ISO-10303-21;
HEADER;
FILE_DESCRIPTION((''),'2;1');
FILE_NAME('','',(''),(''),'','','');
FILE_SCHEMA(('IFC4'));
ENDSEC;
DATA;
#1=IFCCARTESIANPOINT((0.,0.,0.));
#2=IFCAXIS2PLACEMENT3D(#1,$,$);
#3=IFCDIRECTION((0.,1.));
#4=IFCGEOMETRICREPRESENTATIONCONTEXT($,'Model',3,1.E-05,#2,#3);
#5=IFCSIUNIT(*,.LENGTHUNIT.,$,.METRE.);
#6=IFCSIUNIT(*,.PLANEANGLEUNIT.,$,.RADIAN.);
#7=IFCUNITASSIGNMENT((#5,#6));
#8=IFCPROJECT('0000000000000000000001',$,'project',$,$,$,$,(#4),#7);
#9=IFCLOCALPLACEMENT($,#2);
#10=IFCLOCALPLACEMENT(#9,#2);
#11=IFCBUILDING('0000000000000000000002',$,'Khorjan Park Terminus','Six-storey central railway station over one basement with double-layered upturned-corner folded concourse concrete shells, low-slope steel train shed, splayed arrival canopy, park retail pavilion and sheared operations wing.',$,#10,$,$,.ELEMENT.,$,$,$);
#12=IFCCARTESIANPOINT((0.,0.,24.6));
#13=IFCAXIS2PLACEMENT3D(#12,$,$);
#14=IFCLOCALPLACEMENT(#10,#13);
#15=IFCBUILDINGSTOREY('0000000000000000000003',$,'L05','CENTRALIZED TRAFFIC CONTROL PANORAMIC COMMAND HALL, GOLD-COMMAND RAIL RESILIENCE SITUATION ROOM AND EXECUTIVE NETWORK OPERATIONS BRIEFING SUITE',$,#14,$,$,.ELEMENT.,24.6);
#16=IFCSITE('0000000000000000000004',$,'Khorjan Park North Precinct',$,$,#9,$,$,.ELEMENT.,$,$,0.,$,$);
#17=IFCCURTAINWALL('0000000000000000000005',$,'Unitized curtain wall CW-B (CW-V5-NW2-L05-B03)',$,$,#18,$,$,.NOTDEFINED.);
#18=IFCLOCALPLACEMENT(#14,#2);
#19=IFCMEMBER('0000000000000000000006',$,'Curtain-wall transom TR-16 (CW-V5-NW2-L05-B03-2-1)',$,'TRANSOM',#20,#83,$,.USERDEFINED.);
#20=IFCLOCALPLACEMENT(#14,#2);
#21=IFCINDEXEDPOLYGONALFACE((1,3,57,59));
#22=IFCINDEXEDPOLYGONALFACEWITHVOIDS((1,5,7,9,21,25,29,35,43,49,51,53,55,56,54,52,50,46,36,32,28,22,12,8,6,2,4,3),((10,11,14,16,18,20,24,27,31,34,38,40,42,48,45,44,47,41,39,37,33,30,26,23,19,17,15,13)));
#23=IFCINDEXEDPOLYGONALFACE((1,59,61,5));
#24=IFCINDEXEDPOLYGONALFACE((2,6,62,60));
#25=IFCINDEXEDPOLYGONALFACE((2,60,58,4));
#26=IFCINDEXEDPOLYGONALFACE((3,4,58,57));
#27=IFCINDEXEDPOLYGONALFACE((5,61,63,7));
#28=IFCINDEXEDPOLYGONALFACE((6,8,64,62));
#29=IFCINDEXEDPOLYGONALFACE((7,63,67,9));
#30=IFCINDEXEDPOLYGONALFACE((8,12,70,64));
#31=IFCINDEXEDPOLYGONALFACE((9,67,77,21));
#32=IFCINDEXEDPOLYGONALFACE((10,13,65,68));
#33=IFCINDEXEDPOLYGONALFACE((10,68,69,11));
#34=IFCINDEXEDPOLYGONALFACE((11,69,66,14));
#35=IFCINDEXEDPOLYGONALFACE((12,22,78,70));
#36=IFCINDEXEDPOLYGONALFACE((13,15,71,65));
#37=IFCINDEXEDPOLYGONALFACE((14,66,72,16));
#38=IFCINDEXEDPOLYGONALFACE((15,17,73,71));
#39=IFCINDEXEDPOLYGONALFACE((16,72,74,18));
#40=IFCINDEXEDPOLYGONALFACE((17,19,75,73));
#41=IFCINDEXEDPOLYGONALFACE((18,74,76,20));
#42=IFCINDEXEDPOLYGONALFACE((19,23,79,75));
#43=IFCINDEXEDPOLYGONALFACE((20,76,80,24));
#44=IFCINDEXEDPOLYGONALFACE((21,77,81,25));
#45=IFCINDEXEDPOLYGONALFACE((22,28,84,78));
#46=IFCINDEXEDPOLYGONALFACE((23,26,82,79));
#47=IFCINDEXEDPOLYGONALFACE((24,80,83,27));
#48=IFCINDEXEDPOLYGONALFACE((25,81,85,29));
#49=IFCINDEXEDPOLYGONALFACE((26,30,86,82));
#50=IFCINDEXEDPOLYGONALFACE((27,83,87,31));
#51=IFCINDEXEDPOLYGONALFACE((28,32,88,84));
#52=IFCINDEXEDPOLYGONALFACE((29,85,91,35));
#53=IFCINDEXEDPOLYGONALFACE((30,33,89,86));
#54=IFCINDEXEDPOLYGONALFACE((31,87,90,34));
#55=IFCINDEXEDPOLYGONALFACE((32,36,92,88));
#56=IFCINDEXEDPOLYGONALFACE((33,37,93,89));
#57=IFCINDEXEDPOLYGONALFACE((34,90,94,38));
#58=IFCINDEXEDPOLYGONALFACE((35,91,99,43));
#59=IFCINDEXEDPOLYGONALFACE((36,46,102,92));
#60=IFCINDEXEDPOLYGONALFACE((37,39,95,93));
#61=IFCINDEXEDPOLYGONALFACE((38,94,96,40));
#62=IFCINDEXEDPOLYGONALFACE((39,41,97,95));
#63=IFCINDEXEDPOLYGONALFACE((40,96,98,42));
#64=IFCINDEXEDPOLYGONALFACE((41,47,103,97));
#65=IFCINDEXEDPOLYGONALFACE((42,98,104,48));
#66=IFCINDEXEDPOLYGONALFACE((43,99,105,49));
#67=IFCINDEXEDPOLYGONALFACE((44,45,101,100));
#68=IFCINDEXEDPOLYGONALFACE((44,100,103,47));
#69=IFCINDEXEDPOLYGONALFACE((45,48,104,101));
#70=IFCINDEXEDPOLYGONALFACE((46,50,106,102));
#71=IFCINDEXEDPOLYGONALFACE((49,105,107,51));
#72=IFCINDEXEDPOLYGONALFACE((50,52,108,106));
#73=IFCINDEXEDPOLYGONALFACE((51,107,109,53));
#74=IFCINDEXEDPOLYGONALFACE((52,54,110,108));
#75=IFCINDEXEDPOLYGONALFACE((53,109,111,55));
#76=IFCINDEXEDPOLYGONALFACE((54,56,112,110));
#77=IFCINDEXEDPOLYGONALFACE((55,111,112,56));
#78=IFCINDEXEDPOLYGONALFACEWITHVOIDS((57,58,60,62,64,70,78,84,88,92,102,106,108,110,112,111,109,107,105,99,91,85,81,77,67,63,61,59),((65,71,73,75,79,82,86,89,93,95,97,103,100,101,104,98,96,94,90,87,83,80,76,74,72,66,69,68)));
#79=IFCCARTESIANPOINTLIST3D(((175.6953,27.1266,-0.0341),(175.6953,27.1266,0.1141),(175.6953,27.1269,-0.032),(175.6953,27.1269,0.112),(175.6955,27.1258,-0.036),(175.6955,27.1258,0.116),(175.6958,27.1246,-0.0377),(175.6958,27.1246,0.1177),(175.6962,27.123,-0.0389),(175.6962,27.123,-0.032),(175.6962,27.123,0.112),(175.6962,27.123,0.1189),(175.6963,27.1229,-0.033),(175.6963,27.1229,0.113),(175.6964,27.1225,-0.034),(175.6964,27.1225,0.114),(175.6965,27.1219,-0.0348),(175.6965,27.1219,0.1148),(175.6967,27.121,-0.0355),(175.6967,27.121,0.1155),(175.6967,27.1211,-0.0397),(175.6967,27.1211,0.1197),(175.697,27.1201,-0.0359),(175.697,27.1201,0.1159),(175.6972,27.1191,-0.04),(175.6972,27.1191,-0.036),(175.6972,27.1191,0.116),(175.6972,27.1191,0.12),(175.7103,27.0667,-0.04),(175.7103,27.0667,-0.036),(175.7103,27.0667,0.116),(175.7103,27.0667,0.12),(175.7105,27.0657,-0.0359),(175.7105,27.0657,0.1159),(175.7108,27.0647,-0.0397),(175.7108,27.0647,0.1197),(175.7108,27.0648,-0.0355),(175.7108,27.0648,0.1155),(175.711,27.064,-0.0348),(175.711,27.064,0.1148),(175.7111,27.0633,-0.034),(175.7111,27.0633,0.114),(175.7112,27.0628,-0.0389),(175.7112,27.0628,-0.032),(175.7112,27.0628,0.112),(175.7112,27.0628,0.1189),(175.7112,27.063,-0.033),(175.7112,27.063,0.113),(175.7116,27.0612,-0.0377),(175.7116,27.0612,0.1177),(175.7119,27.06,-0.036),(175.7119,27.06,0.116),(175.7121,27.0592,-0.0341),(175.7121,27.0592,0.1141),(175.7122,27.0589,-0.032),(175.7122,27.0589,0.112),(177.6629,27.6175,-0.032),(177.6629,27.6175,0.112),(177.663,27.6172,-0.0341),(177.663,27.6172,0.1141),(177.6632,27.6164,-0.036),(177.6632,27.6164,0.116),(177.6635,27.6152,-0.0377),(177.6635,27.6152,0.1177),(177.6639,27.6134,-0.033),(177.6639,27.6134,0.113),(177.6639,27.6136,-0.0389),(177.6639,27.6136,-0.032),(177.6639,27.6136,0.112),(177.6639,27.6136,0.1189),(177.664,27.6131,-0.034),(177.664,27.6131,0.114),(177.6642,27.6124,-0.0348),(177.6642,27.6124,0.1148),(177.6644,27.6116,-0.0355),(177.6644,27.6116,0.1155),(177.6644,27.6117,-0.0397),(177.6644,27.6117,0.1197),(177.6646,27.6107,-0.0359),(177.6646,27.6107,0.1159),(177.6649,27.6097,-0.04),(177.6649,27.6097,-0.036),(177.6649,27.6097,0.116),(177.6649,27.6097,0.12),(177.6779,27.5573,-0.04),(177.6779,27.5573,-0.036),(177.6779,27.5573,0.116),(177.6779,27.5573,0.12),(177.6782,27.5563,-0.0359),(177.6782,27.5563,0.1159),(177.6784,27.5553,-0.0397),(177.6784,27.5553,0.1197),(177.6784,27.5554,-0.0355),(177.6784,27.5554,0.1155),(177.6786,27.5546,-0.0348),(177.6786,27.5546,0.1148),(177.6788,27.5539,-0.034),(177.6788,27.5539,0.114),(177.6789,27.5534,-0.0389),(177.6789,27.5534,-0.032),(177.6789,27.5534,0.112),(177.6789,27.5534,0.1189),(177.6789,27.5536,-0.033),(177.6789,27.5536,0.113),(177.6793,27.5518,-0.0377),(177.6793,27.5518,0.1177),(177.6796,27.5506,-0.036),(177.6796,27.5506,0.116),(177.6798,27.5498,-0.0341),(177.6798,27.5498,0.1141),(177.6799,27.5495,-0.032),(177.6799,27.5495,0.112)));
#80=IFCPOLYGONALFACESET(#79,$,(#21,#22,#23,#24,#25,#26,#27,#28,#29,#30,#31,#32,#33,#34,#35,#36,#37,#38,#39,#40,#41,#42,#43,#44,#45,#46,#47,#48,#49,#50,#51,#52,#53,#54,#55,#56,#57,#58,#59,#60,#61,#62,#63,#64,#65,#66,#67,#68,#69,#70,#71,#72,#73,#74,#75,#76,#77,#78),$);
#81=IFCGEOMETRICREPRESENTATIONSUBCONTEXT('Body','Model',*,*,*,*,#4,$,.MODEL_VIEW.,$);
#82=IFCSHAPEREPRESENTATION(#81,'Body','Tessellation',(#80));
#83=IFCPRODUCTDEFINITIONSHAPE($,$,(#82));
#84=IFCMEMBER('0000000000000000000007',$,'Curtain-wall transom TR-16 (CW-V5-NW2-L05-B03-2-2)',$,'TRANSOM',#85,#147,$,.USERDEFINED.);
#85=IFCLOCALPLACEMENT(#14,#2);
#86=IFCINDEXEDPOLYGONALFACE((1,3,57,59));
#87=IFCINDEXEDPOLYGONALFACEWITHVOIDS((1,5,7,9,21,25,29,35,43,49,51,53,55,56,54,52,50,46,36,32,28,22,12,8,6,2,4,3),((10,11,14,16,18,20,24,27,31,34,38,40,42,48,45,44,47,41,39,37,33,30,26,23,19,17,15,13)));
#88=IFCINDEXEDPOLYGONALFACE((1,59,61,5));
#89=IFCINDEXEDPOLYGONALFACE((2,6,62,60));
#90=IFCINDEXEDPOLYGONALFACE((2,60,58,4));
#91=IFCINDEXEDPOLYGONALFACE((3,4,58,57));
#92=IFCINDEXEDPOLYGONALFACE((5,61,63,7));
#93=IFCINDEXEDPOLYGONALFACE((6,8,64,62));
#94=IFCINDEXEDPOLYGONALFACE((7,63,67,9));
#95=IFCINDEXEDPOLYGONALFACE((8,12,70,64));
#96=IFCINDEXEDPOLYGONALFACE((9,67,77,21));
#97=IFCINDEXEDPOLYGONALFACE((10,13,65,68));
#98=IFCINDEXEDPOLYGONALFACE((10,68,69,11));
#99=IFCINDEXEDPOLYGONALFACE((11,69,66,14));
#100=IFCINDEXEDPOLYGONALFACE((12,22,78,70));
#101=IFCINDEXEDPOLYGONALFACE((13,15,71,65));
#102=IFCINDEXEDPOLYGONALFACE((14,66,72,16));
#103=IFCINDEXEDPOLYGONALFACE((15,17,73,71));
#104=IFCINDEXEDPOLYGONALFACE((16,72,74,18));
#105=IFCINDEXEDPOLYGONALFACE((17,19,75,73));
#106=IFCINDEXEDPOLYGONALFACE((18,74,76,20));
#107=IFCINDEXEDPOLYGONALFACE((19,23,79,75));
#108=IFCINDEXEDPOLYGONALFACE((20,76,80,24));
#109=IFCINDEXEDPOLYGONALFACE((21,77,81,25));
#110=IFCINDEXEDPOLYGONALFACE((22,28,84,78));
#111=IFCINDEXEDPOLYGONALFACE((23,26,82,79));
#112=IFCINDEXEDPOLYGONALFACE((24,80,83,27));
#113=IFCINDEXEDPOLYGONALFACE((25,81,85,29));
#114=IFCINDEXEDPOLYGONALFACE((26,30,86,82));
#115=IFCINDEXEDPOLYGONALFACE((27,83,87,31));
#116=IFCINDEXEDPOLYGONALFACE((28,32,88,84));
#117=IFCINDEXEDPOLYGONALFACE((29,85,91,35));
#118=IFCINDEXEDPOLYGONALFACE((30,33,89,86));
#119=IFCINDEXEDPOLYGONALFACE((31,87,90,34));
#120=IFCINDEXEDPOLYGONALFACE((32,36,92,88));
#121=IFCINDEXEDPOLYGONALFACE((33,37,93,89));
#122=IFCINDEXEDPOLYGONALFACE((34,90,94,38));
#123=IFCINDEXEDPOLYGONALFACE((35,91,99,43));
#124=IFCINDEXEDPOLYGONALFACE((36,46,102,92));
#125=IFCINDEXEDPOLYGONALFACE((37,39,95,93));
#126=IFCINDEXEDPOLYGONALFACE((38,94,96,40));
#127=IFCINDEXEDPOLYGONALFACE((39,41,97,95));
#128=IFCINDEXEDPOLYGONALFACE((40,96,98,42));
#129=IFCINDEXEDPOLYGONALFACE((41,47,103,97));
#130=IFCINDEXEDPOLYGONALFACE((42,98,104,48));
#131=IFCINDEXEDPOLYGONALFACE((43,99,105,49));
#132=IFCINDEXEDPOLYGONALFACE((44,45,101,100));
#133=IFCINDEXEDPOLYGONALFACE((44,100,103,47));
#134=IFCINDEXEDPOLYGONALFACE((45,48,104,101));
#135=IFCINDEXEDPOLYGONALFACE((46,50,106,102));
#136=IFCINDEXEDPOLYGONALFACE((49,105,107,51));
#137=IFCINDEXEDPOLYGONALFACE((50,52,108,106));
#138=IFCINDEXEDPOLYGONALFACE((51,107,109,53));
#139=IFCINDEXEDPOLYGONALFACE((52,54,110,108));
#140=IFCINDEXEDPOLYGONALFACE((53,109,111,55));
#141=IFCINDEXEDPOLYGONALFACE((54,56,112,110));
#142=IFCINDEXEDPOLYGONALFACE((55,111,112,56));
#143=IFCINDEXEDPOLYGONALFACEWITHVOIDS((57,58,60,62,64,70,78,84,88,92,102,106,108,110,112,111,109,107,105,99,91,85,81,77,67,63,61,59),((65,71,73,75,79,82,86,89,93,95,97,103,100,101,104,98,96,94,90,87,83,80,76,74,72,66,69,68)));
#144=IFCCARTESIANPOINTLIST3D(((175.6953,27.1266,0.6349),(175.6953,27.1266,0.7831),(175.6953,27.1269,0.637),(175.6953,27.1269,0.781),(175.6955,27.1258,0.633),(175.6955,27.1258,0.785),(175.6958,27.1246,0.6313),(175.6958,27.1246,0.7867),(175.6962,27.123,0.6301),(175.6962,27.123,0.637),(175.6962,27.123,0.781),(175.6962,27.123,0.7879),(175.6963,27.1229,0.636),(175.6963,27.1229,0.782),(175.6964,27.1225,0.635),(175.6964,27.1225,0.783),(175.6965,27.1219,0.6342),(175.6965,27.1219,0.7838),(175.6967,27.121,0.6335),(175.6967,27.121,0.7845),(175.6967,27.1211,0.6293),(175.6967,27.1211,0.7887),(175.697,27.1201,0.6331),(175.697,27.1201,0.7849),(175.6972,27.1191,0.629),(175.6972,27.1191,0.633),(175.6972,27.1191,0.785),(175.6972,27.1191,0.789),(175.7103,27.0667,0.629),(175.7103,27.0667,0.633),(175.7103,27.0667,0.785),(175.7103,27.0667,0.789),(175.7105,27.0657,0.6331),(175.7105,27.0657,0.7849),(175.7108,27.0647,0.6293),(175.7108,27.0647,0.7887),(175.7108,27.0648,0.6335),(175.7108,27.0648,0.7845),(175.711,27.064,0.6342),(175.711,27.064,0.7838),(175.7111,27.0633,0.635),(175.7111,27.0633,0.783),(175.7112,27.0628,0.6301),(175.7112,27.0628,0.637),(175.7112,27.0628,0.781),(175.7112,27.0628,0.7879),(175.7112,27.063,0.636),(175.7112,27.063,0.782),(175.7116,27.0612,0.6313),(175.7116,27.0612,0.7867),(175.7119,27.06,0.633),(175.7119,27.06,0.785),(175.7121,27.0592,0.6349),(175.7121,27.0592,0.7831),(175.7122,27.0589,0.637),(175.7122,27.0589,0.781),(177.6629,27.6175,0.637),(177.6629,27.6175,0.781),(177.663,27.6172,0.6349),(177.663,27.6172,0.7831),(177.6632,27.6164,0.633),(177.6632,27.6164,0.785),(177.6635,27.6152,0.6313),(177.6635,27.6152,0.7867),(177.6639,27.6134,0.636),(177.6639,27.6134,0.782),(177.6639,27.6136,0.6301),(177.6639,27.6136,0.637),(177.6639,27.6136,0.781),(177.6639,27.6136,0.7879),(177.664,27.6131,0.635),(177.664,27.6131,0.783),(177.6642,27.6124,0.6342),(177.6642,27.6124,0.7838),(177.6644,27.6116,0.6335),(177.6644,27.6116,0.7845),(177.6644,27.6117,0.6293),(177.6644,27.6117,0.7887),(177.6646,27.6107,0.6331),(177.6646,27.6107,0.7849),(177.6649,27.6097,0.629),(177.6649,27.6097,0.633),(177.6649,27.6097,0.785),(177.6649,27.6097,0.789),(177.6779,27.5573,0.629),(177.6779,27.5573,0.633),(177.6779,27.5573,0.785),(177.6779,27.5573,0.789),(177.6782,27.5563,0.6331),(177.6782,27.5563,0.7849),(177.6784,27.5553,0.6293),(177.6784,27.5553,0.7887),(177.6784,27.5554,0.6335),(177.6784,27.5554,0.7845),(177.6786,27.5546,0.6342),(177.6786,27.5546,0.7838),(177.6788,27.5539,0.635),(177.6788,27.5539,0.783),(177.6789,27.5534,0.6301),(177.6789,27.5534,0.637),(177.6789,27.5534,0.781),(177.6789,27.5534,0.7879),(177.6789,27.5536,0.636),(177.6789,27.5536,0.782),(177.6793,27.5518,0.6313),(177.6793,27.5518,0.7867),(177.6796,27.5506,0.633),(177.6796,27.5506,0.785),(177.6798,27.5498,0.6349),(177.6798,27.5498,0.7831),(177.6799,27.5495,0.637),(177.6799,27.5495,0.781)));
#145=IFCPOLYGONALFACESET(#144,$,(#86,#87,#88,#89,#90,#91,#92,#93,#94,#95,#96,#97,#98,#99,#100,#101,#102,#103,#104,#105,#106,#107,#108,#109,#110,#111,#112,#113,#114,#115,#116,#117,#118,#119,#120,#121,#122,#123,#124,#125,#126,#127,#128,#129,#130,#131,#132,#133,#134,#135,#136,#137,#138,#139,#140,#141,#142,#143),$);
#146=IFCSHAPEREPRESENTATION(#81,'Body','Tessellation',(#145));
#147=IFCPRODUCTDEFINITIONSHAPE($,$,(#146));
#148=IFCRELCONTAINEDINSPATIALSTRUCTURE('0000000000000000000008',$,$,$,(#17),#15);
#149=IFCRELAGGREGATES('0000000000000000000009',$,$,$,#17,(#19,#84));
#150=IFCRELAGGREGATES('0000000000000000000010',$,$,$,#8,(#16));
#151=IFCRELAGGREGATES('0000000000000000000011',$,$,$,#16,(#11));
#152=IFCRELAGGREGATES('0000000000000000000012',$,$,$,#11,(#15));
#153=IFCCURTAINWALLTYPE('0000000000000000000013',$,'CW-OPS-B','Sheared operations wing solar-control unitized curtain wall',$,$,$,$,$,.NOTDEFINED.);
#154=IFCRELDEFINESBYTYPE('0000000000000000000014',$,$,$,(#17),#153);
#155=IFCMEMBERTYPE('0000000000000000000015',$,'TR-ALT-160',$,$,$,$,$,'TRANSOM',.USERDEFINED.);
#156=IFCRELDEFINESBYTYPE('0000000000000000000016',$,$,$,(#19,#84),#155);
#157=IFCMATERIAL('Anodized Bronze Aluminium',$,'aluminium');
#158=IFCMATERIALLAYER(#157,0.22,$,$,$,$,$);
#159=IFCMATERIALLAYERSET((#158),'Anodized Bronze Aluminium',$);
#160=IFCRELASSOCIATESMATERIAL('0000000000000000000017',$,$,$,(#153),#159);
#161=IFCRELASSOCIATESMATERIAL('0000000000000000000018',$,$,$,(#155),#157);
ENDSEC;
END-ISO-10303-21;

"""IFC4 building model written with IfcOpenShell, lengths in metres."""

from ifc_helpers import new_model, si_unit, direction, frame, origin, origin_2d, place, context, subcontext, project, spatial, hollow_rectangle, extrude, material, layer, layer_set, material_profile, profile_set, type_object, element, aggregate, save


model = new_model("IFC4")

# Units and contexts
model_context = context("Model", 3, precision=1e-05, world=origin(), true_north=direction((0.0, 1.0)))
body_context = subcontext(model_context, "Body", "Model", "MODEL_VIEW")
ifc_project = project(units=[si_unit("LENGTHUNIT", "METRE"), si_unit("PLANEANGLEUNIT", "RADIAN")], contexts=[model_context])

# Site, building, storey
site_placement = place(None, origin())
site = spatial("IfcSite", under=ifc_project, at=site_placement, Name="Khorjan Park North Precinct", CompositionType="ELEMENT", RefElevation=0.0)
building_placement = place(site_placement, origin())
building = spatial("IfcBuilding", under=site, at=building_placement, Name="Khorjan Park Terminus", Description="Six-storey central railway station over one basement with double-layered upturned-corner folded concourse concrete shells, low-slope steel train shed, splayed arrival canopy, park retail pavilion and sheared operations wing.", CompositionType="ELEMENT")
storey_placement = place(building_placement, frame((0.0, 0.0, 24.6)))
storey = spatial("IfcBuildingStorey", under=building, at=storey_placement, Name="L05", Description="CENTRALIZED TRAFFIC CONTROL PANORAMIC COMMAND HALL, GOLD-COMMAND RAIL RESILIENCE SITUATION ROOM AND EXECUTIVE NETWORK OPERATIONS BRIEFING SUITE", CompositionType="ELEMENT", Elevation=24.6)

# Curtain wall, members
ifc_material_1 = material(Name="Anodized Bronze Aluminium", Category="aluminium")
ifc_layer_1 = layer(ifc_material_1, 0.22)
ifc_layer_set_1 = layer_set([ifc_layer_1], Name="Anodized Bronze Aluminium")
curtain_wall_type = type_object("IfcCurtainWallType", Name="CW-OPS-B", Description="Sheared operations wing solar-control unitized curtain wall", PredefinedType="NOTDEFINED", material=ifc_layer_set_1)
curtain_wall_placement = place(storey_placement, origin())
curtain_wall = element("IfcCurtainWall", 1, at=curtain_wall_placement, inside=storey, type_object=curtain_wall_type, Name="Unitized curtain wall CW-B (CW-V5-NW2-L05-B03)", PredefinedType="NOTDEFINED")
ifc_material_profile_1 = material_profile(ifc_material_1, hollow_rectangle(XDim=0.07, YDim=0.16, WallThickness=0.004, InnerFilletRadius=0.004, OuterFilletRadius=0.008, at=origin_2d()), Name="ALT 70x160x4")
ifc_profile_set_1 = profile_set([ifc_material_profile_1], Name="Anodized Bronze Aluminium")
member_type_1 = type_object("IfcMemberType", Name="TR-ALT-160", ElementType="TRANSOM", PredefinedType="USERDEFINED", material=ifc_profile_set_1)
member_1_placement = place(storey_placement, frame((177.6714, 27.5835, 0.04), z_axis=(-0.970296, -0.241921, 0.0), x_axis=(0.241921, -0.970296, 0.0)))
member_1 = element("IfcMember", 2, at=member_1_placement, type_object=member_type_1, Name="Curtain-wall transom TR-16 (CW-V5-NW2-L05-B03-2-1)", ObjectType="TRANSOM", PredefinedType="USERDEFINED", context=body_context, shape_type="SweptSolid", body=[
    extrude(hollow_rectangle(XDim=0.07, YDim=0.16, WallThickness=0.004, InnerFilletRadius=0.004, OuterFilletRadius=0.008, at=origin_2d()), origin(), (0.0, 0.0, 1.0), 2.0279),
])
member_2_placement = place(storey_placement, frame((177.6714, 27.5835, 0.709), z_axis=(-0.970296, -0.241921, 0.0), x_axis=(0.241921, -0.970296, 0.0)))
member_2 = element("IfcMember", 3, at=member_2_placement, type_object=member_type_1, Name="Curtain-wall transom TR-16 (CW-V5-NW2-L05-B03-2-2)", ObjectType="TRANSOM", PredefinedType="USERDEFINED", context=body_context, shape_type="SweptSolid", body=[
    extrude(hollow_rectangle(XDim=0.07, YDim=0.16, WallThickness=0.004, InnerFilletRadius=0.004, OuterFilletRadius=0.008, at=origin_2d()), origin(), (0.0, 0.0, 1.0), 2.0279),
])
aggregate(curtain_wall, [member_1, member_2])

save(model, "model.ifc")
